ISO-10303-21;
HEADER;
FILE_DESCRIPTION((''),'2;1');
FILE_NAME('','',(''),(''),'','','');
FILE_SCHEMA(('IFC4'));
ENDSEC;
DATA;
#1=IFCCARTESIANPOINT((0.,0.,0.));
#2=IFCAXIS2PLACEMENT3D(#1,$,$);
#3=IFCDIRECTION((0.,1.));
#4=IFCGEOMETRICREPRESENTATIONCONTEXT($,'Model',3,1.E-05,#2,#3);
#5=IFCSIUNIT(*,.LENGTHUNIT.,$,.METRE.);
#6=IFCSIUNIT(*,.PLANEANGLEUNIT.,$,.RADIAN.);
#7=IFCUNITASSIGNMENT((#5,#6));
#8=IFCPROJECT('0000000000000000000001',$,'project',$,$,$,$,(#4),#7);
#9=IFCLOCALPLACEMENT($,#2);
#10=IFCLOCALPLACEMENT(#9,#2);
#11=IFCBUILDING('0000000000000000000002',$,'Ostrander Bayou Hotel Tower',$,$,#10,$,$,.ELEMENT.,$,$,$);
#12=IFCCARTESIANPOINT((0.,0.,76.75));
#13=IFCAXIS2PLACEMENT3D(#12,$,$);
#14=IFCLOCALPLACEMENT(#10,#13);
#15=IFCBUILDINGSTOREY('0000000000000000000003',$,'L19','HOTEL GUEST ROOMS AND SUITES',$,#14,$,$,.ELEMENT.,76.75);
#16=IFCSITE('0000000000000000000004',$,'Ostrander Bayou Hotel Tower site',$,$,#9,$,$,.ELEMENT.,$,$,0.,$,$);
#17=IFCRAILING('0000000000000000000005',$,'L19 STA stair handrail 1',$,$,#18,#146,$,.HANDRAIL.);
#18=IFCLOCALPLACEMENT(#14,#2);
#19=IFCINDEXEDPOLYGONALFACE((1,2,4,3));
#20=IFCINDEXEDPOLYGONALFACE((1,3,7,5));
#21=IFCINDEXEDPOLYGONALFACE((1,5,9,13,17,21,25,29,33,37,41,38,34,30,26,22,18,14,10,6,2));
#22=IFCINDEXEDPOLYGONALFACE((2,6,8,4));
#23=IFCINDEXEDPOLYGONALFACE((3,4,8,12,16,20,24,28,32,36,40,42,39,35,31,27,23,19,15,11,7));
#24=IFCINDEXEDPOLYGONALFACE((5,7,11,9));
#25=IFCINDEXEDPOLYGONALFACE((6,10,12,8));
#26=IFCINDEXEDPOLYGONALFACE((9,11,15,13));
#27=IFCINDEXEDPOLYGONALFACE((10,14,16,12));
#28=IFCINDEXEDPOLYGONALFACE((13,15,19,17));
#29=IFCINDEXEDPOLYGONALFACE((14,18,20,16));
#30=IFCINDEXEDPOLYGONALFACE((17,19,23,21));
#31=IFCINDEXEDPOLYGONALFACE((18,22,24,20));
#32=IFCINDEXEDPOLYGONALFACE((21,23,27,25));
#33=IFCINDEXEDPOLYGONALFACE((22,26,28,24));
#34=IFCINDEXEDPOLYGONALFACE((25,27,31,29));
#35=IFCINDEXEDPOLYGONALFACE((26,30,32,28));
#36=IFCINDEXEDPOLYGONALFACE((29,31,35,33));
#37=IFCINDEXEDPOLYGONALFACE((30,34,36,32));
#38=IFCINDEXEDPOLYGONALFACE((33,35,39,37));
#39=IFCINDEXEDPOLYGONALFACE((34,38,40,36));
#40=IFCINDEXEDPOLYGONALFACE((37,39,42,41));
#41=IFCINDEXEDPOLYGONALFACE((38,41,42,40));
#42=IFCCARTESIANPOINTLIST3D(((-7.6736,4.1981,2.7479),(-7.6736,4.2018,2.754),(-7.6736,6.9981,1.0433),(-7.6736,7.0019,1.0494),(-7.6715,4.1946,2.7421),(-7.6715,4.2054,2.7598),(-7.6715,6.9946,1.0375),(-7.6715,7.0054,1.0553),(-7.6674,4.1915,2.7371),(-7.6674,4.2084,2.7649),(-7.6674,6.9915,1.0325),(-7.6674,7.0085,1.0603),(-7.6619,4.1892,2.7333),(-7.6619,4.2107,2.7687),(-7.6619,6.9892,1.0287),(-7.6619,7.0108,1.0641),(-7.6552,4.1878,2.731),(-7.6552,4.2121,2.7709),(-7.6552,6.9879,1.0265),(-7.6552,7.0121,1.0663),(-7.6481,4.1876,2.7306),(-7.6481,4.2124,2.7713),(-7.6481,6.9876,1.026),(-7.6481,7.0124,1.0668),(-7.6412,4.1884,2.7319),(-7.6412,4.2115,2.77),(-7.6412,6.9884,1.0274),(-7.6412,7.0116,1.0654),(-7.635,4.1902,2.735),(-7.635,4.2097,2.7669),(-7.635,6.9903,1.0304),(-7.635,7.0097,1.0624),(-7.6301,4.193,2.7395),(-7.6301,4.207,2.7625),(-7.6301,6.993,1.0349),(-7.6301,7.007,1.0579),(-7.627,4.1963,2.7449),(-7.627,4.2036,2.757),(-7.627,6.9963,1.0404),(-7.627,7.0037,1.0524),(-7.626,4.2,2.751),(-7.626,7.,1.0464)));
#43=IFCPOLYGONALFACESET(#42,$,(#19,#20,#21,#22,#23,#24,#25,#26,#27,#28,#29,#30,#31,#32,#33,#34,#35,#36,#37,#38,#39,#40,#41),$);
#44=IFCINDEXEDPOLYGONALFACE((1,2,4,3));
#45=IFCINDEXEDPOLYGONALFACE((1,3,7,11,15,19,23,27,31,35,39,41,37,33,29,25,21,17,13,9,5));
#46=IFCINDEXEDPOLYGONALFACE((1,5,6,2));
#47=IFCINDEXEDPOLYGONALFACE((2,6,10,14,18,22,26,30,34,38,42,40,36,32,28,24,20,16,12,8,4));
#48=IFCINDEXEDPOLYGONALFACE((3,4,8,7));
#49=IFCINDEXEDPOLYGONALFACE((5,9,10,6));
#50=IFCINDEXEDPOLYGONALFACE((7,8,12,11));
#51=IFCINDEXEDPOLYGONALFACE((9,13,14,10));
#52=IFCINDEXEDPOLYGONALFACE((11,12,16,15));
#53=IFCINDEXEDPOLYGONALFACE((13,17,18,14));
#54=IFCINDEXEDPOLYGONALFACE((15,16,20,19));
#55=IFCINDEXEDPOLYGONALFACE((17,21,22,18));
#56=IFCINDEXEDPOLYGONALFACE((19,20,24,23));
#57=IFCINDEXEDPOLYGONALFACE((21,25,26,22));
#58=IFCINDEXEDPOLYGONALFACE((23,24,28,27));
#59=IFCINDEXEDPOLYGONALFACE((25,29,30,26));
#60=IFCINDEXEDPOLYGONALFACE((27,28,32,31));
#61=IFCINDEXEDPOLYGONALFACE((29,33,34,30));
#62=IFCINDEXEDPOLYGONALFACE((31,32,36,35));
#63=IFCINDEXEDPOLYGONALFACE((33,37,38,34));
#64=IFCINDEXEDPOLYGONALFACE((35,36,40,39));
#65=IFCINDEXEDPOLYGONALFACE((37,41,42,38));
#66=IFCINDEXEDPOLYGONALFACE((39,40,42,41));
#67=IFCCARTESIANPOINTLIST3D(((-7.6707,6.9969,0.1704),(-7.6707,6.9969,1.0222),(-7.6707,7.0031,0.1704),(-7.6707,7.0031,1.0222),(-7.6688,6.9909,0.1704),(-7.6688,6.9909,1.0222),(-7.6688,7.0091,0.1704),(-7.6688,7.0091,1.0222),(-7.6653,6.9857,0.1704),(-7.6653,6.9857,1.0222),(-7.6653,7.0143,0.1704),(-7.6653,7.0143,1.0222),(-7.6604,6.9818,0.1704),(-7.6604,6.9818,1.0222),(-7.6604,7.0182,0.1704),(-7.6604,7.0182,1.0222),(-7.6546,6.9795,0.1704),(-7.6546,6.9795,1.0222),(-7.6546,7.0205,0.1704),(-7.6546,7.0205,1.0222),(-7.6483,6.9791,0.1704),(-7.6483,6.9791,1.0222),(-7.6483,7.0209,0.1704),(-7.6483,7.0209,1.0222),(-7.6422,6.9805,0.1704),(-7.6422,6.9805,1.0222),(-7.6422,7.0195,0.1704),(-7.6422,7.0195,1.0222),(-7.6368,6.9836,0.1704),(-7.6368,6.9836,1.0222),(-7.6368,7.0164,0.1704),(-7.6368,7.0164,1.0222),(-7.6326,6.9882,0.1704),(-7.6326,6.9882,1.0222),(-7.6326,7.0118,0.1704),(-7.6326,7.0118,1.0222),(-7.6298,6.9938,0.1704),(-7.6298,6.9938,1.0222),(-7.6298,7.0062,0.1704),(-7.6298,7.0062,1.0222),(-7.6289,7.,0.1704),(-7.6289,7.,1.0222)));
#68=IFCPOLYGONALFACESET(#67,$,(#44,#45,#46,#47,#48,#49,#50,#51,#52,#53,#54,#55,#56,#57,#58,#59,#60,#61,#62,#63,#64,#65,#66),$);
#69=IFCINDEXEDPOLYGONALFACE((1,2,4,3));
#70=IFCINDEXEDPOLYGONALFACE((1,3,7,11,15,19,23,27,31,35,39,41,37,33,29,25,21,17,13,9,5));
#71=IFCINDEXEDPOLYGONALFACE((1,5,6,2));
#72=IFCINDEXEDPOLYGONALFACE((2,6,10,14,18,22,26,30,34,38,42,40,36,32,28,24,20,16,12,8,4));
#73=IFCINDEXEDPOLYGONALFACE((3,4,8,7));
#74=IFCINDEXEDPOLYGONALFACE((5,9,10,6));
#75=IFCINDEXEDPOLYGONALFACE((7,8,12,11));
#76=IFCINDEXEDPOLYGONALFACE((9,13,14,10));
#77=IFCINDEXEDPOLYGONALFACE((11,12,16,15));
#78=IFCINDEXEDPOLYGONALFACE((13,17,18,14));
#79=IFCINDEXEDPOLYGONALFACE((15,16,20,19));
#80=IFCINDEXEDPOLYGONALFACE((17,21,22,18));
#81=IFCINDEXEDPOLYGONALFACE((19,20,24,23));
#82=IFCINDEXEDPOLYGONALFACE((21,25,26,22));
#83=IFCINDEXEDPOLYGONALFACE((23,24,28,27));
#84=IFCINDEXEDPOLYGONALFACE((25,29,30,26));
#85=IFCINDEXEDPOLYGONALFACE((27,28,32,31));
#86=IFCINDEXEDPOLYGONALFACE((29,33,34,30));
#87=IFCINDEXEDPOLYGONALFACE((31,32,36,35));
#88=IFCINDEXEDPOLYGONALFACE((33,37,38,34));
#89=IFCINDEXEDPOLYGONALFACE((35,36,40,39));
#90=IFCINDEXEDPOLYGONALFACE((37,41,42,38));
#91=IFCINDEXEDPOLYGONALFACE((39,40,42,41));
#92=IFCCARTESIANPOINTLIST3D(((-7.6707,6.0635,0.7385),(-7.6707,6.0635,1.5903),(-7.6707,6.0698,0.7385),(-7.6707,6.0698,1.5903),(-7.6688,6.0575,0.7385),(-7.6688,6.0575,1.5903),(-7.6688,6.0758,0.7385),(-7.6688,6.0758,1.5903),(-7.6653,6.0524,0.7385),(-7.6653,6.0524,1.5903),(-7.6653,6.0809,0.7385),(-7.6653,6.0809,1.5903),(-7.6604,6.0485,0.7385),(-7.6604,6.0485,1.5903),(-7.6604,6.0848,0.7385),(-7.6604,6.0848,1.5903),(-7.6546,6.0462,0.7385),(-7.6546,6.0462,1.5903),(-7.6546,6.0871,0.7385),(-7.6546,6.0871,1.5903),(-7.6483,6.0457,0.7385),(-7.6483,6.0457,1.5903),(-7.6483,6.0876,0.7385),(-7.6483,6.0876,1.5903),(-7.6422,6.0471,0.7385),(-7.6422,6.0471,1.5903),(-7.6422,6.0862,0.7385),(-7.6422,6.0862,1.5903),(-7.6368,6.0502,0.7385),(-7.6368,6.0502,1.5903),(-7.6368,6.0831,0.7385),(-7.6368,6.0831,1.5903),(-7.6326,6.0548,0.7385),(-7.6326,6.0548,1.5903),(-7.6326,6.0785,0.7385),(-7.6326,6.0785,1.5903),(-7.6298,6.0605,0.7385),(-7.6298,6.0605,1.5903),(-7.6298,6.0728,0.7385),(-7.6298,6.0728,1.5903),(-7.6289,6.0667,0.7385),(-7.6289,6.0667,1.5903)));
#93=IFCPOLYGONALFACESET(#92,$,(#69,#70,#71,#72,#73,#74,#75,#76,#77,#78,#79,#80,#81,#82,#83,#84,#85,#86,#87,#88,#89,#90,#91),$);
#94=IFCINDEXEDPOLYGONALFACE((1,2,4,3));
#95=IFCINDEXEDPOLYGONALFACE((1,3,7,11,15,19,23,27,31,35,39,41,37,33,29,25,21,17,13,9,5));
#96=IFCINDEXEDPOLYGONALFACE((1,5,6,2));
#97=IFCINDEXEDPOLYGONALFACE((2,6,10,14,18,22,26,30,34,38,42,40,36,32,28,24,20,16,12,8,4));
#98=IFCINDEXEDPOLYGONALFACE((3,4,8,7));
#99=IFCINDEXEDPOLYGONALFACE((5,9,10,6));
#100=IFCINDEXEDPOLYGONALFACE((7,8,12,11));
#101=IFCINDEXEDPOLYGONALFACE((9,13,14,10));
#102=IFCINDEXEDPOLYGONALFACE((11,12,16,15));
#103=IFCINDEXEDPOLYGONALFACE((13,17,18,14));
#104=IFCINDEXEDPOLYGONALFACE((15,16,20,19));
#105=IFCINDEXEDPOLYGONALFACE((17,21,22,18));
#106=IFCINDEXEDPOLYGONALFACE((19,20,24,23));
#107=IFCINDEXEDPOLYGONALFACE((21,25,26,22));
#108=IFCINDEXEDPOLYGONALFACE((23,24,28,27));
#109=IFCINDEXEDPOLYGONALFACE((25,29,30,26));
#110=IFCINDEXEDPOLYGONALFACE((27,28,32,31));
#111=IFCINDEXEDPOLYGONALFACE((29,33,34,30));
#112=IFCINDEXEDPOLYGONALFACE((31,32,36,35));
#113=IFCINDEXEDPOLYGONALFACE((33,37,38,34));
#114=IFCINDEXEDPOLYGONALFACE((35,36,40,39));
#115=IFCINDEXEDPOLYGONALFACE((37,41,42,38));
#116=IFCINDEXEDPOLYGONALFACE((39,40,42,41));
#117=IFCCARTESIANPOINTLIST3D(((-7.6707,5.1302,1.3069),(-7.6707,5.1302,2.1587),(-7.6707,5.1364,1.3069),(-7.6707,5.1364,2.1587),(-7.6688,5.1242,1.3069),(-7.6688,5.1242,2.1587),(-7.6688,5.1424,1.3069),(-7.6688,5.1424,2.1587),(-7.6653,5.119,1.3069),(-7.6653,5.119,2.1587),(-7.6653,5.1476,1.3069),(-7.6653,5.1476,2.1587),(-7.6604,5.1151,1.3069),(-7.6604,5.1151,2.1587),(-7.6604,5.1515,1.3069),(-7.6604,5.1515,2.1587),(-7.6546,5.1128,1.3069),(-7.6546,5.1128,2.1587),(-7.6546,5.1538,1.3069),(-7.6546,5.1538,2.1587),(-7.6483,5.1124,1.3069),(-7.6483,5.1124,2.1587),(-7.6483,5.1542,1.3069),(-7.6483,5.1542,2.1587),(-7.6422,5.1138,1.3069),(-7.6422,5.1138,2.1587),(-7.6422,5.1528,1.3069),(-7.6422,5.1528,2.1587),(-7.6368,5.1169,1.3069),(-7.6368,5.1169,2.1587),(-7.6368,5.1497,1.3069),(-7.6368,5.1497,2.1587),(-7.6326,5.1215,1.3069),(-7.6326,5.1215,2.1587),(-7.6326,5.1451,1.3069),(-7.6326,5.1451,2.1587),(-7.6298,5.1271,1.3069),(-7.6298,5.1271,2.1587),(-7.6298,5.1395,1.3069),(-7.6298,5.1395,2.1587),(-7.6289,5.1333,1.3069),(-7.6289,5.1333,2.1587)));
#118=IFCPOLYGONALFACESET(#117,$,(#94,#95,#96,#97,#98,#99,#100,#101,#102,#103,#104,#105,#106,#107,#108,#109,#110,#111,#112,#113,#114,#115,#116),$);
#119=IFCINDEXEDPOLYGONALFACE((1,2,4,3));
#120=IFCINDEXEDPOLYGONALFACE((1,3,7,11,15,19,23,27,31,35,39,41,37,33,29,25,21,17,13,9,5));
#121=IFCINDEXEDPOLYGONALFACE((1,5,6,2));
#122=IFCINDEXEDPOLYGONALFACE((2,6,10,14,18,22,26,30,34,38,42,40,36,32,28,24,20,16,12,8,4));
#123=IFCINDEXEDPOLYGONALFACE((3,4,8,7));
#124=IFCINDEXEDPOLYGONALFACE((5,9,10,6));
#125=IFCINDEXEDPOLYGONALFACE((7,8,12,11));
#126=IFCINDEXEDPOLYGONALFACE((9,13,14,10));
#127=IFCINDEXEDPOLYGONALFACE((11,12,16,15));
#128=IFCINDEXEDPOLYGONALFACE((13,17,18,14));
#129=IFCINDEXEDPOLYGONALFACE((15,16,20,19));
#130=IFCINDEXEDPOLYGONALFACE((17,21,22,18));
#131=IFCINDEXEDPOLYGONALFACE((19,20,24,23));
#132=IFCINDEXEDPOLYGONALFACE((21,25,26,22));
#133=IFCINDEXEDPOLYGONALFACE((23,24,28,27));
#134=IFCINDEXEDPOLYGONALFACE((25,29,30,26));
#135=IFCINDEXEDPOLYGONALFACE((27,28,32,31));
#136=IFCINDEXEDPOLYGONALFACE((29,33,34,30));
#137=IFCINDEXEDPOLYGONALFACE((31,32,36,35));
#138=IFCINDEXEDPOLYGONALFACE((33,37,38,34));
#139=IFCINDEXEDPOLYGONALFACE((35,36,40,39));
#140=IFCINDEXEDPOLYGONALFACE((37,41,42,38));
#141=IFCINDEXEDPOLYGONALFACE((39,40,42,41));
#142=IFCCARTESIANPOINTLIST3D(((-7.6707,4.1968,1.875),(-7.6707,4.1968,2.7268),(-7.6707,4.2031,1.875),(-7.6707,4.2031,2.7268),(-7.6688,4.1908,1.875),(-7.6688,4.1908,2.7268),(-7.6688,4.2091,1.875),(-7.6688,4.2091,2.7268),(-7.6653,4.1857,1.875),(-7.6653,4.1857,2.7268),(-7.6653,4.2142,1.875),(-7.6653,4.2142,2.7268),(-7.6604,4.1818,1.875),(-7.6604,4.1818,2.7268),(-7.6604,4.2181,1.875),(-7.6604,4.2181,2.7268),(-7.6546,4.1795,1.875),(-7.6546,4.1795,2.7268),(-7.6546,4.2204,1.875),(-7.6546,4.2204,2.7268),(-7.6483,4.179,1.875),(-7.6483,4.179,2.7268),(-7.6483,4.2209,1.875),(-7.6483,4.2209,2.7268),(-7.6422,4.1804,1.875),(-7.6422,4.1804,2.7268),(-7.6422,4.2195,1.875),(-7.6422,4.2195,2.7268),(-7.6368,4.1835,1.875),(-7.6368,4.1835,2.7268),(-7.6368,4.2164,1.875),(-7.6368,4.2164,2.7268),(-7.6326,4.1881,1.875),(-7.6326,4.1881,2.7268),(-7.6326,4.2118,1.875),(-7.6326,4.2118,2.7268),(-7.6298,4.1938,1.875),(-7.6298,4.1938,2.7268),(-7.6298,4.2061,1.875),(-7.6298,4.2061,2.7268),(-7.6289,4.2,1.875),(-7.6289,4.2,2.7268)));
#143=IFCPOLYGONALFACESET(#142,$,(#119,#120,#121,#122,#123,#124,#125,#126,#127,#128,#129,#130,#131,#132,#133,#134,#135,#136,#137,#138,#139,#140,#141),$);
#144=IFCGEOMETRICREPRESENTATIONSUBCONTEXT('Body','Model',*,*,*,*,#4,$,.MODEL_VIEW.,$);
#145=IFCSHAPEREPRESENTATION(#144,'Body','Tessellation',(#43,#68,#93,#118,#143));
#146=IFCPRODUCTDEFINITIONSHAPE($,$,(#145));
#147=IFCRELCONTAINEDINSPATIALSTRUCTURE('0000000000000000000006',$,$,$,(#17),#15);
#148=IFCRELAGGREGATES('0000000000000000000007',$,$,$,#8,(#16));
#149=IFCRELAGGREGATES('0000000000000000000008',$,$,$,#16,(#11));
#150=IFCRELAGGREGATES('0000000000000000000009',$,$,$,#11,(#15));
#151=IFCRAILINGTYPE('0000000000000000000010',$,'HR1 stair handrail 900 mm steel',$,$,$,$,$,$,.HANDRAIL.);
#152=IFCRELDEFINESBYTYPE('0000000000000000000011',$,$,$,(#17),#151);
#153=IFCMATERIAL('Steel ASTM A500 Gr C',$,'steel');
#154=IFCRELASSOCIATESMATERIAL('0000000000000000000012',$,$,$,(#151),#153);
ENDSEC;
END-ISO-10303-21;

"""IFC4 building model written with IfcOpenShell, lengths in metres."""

from ifc_helpers import new_model, si_unit, direction, frame, origin, origin_2d, place, context, subcontext, project, spatial, circle, extrude, material, type_object, element, save


model = new_model("IFC4")

# Units and contexts
model_context = context("Model", 3, precision=1e-05, world=origin(), true_north=direction((0.0, 1.0)))
body_context = subcontext(model_context, "Body", "Model", "MODEL_VIEW")
ifc_project = project(units=[si_unit("LENGTHUNIT", "METRE"), si_unit("PLANEANGLEUNIT", "RADIAN")], contexts=[model_context])

# Site, building, storey
site_placement = place(None, origin())
site = spatial("IfcSite", under=ifc_project, at=site_placement, Name="Ostrander Bayou Hotel Tower site", CompositionType="ELEMENT", RefElevation=0.0)
building_placement = place(site_placement, origin())
building = spatial("IfcBuilding", under=site, at=building_placement, Name="Ostrander Bayou Hotel Tower", CompositionType="ELEMENT")
storey_placement = place(building_placement, frame((0.0, 0.0, 76.75)))
storey = spatial("IfcBuildingStorey", under=building, at=storey_placement, Name="L19", Description="HOTEL GUEST ROOMS AND SUITES", CompositionType="ELEMENT", Elevation=76.75)

# Railing
ifc_material_1 = material(Name="Steel ASTM A500 Gr C", Category="steel")
railing_type = type_object("IfcRailingType", Name="HR1 stair handrail 900 mm steel", PredefinedType="HANDRAIL", material=ifc_material_1)
railing_placement = place(storey_placement, frame((-7.6499, 7.0, 0.1704)))
element("IfcRailing", 1, at=railing_placement, inside=storey, type_object=railing_type, Name="L19 STA stair handrail 1", PredefinedType="HANDRAIL", context=body_context, shape_type="SweptSolid", body=[
    extrude(circle(Radius=0.0239, at=origin_2d()), frame((0.0, 0.0, 0.876), z_axis=(0.0, -0.85417, 0.519994), x_axis=(1.0, 0.0, 0.0)), (0.0, 0.0, 1.0), 3.2781),
    extrude(circle(Radius=0.021, at=origin_2d()), origin(), (0.0, 0.0, 1.0), 0.8518),
    extrude(circle(Radius=0.021, at=origin_2d()), frame((0.0, -0.9333, 0.5681)), (0.0, 0.0, 1.0), 0.8518),
    extrude(circle(Radius=0.021, at=origin_2d()), frame((0.0, -1.8667, 1.1365)), (0.0, 0.0, 1.0), 0.8518),
    extrude(circle(Radius=0.021, at=origin_2d()), frame((0.0, -2.8, 1.7046)), (0.0, 0.0, 1.0), 0.8518),
])

save(model, "model.ifc")
